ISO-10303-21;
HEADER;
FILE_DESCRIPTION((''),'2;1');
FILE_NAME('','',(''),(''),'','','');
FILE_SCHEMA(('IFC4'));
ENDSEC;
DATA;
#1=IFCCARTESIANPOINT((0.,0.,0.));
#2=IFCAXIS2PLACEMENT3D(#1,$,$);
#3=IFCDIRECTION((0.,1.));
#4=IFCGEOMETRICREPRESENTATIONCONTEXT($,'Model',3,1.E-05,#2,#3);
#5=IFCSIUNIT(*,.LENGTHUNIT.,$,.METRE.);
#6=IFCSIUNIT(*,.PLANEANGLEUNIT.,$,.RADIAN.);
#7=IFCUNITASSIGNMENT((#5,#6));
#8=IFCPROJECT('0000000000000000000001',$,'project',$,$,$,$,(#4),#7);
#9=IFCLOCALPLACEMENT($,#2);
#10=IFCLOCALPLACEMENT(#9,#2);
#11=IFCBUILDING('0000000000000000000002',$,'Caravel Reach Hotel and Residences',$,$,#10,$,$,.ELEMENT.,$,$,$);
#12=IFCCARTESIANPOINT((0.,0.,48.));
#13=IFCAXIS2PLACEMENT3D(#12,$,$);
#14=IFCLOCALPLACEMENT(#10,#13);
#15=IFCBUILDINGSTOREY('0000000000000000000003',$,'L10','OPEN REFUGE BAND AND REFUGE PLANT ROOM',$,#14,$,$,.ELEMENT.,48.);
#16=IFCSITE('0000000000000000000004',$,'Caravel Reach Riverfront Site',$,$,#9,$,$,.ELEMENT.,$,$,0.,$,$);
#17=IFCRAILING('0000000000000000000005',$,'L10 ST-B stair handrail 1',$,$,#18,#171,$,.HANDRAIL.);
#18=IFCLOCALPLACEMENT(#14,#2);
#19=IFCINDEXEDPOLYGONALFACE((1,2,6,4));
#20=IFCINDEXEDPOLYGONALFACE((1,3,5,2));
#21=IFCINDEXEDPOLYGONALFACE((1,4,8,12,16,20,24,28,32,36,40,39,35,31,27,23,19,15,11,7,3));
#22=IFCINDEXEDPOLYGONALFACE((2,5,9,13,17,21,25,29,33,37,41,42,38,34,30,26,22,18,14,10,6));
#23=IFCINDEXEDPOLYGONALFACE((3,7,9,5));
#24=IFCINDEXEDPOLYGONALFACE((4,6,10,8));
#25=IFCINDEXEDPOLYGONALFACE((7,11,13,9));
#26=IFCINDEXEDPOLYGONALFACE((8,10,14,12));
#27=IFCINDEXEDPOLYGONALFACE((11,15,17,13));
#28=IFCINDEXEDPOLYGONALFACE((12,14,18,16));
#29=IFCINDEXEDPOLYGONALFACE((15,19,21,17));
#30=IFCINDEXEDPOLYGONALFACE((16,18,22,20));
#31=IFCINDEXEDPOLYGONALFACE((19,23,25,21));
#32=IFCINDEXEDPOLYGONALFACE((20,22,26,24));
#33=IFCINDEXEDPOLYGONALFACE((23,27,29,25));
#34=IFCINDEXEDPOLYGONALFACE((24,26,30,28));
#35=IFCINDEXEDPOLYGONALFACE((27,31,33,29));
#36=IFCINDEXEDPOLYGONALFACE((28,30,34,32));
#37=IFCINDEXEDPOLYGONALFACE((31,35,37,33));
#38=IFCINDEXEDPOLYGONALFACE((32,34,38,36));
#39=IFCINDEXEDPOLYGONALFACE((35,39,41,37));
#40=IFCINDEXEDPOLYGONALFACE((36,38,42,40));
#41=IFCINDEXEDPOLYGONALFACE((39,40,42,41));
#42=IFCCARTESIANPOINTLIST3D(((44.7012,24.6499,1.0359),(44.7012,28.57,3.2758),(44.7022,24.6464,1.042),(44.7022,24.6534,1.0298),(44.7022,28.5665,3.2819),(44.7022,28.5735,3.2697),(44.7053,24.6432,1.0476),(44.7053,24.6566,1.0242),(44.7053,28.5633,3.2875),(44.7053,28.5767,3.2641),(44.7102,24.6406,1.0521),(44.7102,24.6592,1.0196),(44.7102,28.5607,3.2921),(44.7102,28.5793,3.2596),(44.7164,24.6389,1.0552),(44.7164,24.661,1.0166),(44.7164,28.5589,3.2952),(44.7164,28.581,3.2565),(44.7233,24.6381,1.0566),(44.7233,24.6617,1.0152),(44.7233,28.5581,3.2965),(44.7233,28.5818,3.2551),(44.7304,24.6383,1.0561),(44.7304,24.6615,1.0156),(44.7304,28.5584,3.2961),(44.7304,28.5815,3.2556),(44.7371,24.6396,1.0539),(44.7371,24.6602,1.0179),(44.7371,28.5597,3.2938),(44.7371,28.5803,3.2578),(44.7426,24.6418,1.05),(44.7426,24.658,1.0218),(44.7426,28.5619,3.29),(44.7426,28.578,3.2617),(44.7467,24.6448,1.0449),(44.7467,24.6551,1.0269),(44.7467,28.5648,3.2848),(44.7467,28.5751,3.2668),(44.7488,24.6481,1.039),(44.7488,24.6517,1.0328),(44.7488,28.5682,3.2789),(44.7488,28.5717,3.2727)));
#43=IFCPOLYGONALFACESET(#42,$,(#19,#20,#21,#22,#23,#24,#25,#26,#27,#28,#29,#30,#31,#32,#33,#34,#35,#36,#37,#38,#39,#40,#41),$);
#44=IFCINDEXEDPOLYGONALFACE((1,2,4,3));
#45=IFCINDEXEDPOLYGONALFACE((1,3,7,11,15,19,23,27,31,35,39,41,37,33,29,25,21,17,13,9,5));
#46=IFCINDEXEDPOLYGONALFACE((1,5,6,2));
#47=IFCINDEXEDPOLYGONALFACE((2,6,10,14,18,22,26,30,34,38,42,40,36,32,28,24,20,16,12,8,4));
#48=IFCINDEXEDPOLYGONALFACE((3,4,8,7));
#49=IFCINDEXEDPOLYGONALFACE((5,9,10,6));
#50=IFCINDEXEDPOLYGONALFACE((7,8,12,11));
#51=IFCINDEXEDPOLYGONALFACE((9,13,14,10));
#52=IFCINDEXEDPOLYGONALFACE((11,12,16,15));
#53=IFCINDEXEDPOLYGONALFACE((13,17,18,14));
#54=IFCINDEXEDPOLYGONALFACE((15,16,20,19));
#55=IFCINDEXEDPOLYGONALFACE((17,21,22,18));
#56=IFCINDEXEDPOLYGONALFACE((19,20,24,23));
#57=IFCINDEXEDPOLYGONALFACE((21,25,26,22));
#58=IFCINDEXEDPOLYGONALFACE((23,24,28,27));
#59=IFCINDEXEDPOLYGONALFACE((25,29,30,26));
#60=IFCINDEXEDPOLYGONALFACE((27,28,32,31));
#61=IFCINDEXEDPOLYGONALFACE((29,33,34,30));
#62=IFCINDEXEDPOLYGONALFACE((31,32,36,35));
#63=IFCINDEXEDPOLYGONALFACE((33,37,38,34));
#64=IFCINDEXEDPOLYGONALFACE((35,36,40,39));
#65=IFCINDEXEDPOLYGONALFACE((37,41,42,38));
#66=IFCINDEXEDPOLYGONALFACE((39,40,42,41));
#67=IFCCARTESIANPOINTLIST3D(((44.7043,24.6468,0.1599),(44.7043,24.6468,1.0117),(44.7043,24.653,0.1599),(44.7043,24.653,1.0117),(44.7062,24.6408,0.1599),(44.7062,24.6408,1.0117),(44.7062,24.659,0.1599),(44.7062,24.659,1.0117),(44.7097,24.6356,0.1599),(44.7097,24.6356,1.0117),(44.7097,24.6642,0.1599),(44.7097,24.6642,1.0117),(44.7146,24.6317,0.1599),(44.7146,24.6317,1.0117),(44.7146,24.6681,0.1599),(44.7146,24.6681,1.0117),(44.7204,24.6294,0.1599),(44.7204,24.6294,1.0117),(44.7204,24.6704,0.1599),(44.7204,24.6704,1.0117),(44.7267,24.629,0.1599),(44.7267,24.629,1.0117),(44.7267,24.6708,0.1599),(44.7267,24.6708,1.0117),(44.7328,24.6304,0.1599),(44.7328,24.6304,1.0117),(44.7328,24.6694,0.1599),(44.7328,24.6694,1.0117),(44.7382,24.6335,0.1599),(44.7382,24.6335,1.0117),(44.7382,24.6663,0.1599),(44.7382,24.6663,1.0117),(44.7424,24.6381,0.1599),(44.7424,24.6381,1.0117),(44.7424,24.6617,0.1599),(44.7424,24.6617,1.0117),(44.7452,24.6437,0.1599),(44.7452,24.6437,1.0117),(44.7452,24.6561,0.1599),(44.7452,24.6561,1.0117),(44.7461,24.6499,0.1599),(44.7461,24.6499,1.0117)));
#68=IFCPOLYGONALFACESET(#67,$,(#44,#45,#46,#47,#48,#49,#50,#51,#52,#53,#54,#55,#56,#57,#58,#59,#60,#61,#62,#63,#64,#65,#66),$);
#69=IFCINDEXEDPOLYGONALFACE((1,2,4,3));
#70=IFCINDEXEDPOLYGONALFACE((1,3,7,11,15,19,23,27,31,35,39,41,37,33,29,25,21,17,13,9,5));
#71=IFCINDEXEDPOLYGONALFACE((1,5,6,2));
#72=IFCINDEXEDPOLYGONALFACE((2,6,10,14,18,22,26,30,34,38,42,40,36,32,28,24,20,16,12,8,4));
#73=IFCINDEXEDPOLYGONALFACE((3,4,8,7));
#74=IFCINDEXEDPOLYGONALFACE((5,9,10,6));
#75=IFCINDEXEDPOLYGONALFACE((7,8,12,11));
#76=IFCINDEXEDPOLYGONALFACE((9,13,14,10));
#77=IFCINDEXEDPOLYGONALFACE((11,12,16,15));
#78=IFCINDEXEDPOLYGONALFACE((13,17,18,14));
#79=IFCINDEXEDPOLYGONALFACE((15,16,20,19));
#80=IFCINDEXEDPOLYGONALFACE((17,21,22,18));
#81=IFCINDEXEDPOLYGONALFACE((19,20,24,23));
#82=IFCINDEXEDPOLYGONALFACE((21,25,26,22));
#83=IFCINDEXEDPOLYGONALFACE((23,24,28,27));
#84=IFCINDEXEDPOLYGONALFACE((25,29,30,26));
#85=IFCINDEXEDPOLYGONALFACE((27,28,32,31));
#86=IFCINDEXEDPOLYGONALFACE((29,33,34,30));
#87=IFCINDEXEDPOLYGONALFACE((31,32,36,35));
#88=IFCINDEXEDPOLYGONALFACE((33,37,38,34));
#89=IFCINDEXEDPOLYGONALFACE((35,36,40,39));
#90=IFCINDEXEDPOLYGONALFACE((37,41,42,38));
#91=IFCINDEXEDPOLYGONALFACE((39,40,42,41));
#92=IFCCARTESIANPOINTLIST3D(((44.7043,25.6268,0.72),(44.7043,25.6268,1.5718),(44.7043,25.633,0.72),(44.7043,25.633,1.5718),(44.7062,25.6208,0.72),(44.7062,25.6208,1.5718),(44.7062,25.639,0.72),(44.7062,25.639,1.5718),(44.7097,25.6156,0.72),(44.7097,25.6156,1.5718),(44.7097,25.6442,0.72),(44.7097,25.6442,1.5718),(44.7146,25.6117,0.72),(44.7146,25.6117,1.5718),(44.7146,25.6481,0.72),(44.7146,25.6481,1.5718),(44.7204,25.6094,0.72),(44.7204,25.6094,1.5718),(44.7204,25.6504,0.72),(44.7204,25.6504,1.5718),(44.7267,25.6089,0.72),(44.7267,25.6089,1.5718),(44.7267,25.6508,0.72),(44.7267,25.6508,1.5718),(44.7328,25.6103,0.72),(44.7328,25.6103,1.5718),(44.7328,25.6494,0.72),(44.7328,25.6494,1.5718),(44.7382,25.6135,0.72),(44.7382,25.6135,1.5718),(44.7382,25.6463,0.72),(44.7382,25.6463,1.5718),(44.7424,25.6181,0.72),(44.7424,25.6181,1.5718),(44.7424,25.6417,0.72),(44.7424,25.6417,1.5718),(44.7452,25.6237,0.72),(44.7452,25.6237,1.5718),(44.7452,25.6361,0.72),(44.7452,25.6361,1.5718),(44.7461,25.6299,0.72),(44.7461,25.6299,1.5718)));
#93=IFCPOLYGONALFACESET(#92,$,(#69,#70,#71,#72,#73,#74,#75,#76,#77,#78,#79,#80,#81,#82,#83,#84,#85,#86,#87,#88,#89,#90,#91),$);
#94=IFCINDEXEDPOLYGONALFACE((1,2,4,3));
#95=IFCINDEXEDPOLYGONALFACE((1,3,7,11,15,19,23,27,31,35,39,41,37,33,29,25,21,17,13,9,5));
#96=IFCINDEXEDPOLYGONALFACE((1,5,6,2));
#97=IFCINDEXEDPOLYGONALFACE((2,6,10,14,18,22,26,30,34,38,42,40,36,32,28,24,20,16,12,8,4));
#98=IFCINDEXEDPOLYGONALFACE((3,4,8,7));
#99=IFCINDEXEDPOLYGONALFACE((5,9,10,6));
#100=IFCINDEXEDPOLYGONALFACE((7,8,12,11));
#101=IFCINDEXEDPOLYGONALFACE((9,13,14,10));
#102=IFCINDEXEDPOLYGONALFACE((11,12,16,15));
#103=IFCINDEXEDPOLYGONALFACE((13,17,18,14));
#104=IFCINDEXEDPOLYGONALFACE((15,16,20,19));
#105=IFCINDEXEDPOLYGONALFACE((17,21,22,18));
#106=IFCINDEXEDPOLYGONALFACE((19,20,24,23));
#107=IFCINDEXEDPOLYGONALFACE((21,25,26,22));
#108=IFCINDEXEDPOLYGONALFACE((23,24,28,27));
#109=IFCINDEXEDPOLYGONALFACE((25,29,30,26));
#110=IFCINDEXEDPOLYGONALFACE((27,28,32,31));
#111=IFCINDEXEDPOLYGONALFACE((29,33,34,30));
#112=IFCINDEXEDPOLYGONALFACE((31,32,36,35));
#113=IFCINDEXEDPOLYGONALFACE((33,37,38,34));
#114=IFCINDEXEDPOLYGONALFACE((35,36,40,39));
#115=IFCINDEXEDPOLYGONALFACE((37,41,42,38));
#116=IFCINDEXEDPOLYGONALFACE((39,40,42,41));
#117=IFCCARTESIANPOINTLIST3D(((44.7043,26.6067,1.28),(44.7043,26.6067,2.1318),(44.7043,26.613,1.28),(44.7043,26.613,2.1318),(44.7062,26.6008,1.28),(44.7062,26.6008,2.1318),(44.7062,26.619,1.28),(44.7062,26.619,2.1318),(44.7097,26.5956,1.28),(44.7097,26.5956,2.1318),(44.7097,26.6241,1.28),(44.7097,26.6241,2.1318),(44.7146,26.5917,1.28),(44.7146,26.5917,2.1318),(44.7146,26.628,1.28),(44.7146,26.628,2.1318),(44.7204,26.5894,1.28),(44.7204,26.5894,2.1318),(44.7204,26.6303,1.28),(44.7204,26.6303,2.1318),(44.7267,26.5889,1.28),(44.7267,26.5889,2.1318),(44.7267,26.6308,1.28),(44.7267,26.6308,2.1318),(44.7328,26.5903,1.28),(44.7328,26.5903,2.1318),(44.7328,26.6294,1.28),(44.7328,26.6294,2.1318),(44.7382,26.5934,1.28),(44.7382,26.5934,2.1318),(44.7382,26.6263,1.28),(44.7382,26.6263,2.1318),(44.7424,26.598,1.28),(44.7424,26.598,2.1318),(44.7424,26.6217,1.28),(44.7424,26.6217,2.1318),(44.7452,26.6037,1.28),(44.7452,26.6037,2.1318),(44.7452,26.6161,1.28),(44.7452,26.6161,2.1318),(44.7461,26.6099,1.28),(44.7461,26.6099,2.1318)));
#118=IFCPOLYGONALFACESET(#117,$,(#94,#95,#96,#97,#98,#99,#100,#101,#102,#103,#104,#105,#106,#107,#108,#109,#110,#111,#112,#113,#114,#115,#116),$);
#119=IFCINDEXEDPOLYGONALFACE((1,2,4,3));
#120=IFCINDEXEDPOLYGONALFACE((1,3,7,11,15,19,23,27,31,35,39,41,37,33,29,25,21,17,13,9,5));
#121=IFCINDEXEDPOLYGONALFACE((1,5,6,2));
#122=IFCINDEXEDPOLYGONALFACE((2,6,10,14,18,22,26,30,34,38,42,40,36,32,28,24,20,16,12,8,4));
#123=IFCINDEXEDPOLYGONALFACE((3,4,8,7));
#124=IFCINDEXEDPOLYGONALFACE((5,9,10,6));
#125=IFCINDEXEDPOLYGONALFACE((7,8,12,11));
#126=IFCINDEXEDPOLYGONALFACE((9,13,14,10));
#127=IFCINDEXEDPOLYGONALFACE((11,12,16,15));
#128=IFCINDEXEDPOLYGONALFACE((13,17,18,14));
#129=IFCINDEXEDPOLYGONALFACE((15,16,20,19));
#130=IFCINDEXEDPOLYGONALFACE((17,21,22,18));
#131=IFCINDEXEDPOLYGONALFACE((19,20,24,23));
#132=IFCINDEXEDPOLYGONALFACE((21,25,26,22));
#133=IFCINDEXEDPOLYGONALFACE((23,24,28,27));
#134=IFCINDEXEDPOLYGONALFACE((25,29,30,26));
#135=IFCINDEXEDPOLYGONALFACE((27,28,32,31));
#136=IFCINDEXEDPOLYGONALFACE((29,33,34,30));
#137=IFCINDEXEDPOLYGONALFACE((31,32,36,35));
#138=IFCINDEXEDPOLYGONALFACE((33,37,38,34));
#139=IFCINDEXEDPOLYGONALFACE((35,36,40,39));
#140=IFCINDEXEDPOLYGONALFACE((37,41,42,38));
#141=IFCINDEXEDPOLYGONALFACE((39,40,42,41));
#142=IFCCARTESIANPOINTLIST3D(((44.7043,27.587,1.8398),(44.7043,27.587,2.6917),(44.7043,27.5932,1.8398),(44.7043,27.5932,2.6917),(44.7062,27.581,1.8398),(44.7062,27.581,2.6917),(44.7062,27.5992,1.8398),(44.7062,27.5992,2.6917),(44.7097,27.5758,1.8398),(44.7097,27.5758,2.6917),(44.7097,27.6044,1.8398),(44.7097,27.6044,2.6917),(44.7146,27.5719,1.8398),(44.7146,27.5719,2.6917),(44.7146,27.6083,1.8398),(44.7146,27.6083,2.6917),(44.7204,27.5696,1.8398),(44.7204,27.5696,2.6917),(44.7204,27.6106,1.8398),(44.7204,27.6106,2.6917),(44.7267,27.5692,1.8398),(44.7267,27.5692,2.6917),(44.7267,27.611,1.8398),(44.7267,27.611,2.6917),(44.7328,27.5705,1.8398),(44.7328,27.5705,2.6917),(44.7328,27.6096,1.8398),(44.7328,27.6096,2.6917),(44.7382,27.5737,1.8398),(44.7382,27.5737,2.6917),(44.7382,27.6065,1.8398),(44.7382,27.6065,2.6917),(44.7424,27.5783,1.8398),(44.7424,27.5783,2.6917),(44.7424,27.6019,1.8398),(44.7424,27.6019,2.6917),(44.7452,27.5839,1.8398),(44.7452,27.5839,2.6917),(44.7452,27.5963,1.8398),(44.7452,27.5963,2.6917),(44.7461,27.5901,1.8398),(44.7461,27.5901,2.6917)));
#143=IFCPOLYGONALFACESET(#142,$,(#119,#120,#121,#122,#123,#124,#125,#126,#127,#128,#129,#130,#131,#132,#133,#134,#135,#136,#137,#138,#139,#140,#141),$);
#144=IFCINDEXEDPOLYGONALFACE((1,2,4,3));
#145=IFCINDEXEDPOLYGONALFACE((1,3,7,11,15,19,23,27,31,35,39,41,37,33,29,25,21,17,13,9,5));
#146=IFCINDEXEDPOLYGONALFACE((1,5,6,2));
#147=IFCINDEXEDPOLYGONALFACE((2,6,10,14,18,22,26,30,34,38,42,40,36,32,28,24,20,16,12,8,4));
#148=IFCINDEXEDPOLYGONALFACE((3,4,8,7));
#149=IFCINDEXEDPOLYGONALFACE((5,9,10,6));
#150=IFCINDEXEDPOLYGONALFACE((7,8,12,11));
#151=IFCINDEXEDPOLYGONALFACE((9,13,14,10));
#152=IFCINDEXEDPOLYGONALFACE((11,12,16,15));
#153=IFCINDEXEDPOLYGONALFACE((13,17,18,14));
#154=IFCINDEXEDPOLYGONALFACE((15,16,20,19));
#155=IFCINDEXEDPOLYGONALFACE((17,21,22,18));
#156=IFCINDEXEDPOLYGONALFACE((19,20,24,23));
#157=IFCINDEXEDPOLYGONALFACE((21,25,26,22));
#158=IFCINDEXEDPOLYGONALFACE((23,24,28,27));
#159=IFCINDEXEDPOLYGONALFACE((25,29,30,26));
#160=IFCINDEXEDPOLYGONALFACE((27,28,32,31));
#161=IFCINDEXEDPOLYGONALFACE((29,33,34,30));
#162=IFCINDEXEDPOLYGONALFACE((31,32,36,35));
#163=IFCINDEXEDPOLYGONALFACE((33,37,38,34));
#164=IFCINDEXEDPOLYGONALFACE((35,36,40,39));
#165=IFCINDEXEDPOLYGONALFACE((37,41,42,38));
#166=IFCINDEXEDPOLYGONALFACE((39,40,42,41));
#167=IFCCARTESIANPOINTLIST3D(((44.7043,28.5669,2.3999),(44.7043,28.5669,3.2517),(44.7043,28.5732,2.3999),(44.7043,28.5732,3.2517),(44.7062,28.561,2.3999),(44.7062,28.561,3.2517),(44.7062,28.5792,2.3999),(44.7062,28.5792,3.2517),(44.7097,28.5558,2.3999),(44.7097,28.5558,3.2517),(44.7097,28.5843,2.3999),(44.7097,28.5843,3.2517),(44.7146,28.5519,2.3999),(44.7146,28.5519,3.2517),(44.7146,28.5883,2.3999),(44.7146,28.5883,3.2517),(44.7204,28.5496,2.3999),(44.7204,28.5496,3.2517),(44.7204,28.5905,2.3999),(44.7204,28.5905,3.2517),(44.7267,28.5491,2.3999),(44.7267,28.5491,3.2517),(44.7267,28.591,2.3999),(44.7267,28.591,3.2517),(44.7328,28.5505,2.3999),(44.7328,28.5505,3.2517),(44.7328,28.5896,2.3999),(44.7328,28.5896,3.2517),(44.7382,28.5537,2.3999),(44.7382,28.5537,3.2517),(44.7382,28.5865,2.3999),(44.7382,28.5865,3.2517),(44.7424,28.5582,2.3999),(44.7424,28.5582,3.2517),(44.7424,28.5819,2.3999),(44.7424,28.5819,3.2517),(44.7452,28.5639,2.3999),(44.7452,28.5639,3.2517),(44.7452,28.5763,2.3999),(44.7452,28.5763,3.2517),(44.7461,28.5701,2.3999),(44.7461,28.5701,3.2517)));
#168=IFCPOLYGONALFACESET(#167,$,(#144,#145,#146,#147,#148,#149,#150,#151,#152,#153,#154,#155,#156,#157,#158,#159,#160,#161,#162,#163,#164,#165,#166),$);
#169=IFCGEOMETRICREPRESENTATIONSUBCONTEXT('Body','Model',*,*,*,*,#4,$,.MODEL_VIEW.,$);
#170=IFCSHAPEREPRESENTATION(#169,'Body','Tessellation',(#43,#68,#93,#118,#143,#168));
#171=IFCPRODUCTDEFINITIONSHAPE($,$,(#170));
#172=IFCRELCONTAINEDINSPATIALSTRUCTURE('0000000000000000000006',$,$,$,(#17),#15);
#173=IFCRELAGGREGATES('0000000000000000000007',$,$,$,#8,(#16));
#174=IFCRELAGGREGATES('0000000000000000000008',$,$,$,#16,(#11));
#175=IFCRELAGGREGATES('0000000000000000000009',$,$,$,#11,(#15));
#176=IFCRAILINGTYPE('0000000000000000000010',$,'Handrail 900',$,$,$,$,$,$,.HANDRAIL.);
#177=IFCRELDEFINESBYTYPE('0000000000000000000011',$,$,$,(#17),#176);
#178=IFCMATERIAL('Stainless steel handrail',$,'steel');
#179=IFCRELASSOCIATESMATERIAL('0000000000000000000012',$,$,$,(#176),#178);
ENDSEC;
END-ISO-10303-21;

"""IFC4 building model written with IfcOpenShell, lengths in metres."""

from ifc_helpers import new_model, si_unit, direction, frame, origin, origin_2d, place, context, subcontext, project, spatial, circle, extrude, material, type_object, element, save


model = new_model("IFC4")

# Units and contexts
model_context = context("Model", 3, precision=1e-05, world=origin(), true_north=direction((0.0, 1.0)))
body_context = subcontext(model_context, "Body", "Model", "MODEL_VIEW")
ifc_project = project(units=[si_unit("LENGTHUNIT", "METRE"), si_unit("PLANEANGLEUNIT", "RADIAN")], contexts=[model_context])

# Site, building, storey
site_placement = place(None, origin())
site = spatial("IfcSite", under=ifc_project, at=site_placement, Name="Caravel Reach Riverfront Site", CompositionType="ELEMENT", RefElevation=0.0)
building_placement = place(site_placement, origin())
building = spatial("IfcBuilding", under=site, at=building_placement, Name="Caravel Reach Hotel and Residences", CompositionType="ELEMENT")
storey_placement = place(building_placement, frame((0.0, 0.0, 48.0)))
storey = spatial("IfcBuildingStorey", under=building, at=storey_placement, Name="L10", Description="OPEN REFUGE BAND AND REFUGE PLANT ROOM", CompositionType="ELEMENT", Elevation=48.0)

# Railing
ifc_material_1 = material(Name="Stainless steel handrail", Category="steel")
railing_type_1 = type_object("IfcRailingType", Name="Handrail 900", PredefinedType="HANDRAIL", material=ifc_material_1)
railing_1_placement = place(storey_placement, frame((44.7251, 24.6499, 0.1599)))
element("IfcRailing", 1, at=railing_1_placement, inside=storey, type_object=railing_type_1, Name="L10 ST-B stair handrail 1", PredefinedType="HANDRAIL", context=body_context, shape_type="SweptSolid", body=[
    extrude(circle(Radius=0.0239, at=origin_2d()), frame((0.0, 0.0, 0.876), z_axis=(0.0, 0.868253, 0.496121), x_axis=(-1.0, 0.0, 0.0)), (0.0, 0.0, 1.0), 4.5149),
    extrude(circle(Radius=0.021, at=origin_2d()), origin(), (0.0, 0.0, 1.0), 0.8518),
    extrude(circle(Radius=0.021, at=origin_2d()), frame((0.0, 0.98, 0.5601)), (0.0, 0.0, 1.0), 0.8518),
    extrude(circle(Radius=0.021, at=origin_2d()), frame((0.0, 1.96, 1.1201)), (0.0, 0.0, 1.0), 0.8518),
    extrude(circle(Radius=0.021, at=origin_2d()), frame((0.0, 2.9402, 1.6799)), (0.0, 0.0, 1.0), 0.8518),
    extrude(circle(Radius=0.021, at=origin_2d()), frame((0.0, 3.9202, 2.24)), (0.0, 0.0, 1.0), 0.8518),
])

save(model, "model.ifc")
